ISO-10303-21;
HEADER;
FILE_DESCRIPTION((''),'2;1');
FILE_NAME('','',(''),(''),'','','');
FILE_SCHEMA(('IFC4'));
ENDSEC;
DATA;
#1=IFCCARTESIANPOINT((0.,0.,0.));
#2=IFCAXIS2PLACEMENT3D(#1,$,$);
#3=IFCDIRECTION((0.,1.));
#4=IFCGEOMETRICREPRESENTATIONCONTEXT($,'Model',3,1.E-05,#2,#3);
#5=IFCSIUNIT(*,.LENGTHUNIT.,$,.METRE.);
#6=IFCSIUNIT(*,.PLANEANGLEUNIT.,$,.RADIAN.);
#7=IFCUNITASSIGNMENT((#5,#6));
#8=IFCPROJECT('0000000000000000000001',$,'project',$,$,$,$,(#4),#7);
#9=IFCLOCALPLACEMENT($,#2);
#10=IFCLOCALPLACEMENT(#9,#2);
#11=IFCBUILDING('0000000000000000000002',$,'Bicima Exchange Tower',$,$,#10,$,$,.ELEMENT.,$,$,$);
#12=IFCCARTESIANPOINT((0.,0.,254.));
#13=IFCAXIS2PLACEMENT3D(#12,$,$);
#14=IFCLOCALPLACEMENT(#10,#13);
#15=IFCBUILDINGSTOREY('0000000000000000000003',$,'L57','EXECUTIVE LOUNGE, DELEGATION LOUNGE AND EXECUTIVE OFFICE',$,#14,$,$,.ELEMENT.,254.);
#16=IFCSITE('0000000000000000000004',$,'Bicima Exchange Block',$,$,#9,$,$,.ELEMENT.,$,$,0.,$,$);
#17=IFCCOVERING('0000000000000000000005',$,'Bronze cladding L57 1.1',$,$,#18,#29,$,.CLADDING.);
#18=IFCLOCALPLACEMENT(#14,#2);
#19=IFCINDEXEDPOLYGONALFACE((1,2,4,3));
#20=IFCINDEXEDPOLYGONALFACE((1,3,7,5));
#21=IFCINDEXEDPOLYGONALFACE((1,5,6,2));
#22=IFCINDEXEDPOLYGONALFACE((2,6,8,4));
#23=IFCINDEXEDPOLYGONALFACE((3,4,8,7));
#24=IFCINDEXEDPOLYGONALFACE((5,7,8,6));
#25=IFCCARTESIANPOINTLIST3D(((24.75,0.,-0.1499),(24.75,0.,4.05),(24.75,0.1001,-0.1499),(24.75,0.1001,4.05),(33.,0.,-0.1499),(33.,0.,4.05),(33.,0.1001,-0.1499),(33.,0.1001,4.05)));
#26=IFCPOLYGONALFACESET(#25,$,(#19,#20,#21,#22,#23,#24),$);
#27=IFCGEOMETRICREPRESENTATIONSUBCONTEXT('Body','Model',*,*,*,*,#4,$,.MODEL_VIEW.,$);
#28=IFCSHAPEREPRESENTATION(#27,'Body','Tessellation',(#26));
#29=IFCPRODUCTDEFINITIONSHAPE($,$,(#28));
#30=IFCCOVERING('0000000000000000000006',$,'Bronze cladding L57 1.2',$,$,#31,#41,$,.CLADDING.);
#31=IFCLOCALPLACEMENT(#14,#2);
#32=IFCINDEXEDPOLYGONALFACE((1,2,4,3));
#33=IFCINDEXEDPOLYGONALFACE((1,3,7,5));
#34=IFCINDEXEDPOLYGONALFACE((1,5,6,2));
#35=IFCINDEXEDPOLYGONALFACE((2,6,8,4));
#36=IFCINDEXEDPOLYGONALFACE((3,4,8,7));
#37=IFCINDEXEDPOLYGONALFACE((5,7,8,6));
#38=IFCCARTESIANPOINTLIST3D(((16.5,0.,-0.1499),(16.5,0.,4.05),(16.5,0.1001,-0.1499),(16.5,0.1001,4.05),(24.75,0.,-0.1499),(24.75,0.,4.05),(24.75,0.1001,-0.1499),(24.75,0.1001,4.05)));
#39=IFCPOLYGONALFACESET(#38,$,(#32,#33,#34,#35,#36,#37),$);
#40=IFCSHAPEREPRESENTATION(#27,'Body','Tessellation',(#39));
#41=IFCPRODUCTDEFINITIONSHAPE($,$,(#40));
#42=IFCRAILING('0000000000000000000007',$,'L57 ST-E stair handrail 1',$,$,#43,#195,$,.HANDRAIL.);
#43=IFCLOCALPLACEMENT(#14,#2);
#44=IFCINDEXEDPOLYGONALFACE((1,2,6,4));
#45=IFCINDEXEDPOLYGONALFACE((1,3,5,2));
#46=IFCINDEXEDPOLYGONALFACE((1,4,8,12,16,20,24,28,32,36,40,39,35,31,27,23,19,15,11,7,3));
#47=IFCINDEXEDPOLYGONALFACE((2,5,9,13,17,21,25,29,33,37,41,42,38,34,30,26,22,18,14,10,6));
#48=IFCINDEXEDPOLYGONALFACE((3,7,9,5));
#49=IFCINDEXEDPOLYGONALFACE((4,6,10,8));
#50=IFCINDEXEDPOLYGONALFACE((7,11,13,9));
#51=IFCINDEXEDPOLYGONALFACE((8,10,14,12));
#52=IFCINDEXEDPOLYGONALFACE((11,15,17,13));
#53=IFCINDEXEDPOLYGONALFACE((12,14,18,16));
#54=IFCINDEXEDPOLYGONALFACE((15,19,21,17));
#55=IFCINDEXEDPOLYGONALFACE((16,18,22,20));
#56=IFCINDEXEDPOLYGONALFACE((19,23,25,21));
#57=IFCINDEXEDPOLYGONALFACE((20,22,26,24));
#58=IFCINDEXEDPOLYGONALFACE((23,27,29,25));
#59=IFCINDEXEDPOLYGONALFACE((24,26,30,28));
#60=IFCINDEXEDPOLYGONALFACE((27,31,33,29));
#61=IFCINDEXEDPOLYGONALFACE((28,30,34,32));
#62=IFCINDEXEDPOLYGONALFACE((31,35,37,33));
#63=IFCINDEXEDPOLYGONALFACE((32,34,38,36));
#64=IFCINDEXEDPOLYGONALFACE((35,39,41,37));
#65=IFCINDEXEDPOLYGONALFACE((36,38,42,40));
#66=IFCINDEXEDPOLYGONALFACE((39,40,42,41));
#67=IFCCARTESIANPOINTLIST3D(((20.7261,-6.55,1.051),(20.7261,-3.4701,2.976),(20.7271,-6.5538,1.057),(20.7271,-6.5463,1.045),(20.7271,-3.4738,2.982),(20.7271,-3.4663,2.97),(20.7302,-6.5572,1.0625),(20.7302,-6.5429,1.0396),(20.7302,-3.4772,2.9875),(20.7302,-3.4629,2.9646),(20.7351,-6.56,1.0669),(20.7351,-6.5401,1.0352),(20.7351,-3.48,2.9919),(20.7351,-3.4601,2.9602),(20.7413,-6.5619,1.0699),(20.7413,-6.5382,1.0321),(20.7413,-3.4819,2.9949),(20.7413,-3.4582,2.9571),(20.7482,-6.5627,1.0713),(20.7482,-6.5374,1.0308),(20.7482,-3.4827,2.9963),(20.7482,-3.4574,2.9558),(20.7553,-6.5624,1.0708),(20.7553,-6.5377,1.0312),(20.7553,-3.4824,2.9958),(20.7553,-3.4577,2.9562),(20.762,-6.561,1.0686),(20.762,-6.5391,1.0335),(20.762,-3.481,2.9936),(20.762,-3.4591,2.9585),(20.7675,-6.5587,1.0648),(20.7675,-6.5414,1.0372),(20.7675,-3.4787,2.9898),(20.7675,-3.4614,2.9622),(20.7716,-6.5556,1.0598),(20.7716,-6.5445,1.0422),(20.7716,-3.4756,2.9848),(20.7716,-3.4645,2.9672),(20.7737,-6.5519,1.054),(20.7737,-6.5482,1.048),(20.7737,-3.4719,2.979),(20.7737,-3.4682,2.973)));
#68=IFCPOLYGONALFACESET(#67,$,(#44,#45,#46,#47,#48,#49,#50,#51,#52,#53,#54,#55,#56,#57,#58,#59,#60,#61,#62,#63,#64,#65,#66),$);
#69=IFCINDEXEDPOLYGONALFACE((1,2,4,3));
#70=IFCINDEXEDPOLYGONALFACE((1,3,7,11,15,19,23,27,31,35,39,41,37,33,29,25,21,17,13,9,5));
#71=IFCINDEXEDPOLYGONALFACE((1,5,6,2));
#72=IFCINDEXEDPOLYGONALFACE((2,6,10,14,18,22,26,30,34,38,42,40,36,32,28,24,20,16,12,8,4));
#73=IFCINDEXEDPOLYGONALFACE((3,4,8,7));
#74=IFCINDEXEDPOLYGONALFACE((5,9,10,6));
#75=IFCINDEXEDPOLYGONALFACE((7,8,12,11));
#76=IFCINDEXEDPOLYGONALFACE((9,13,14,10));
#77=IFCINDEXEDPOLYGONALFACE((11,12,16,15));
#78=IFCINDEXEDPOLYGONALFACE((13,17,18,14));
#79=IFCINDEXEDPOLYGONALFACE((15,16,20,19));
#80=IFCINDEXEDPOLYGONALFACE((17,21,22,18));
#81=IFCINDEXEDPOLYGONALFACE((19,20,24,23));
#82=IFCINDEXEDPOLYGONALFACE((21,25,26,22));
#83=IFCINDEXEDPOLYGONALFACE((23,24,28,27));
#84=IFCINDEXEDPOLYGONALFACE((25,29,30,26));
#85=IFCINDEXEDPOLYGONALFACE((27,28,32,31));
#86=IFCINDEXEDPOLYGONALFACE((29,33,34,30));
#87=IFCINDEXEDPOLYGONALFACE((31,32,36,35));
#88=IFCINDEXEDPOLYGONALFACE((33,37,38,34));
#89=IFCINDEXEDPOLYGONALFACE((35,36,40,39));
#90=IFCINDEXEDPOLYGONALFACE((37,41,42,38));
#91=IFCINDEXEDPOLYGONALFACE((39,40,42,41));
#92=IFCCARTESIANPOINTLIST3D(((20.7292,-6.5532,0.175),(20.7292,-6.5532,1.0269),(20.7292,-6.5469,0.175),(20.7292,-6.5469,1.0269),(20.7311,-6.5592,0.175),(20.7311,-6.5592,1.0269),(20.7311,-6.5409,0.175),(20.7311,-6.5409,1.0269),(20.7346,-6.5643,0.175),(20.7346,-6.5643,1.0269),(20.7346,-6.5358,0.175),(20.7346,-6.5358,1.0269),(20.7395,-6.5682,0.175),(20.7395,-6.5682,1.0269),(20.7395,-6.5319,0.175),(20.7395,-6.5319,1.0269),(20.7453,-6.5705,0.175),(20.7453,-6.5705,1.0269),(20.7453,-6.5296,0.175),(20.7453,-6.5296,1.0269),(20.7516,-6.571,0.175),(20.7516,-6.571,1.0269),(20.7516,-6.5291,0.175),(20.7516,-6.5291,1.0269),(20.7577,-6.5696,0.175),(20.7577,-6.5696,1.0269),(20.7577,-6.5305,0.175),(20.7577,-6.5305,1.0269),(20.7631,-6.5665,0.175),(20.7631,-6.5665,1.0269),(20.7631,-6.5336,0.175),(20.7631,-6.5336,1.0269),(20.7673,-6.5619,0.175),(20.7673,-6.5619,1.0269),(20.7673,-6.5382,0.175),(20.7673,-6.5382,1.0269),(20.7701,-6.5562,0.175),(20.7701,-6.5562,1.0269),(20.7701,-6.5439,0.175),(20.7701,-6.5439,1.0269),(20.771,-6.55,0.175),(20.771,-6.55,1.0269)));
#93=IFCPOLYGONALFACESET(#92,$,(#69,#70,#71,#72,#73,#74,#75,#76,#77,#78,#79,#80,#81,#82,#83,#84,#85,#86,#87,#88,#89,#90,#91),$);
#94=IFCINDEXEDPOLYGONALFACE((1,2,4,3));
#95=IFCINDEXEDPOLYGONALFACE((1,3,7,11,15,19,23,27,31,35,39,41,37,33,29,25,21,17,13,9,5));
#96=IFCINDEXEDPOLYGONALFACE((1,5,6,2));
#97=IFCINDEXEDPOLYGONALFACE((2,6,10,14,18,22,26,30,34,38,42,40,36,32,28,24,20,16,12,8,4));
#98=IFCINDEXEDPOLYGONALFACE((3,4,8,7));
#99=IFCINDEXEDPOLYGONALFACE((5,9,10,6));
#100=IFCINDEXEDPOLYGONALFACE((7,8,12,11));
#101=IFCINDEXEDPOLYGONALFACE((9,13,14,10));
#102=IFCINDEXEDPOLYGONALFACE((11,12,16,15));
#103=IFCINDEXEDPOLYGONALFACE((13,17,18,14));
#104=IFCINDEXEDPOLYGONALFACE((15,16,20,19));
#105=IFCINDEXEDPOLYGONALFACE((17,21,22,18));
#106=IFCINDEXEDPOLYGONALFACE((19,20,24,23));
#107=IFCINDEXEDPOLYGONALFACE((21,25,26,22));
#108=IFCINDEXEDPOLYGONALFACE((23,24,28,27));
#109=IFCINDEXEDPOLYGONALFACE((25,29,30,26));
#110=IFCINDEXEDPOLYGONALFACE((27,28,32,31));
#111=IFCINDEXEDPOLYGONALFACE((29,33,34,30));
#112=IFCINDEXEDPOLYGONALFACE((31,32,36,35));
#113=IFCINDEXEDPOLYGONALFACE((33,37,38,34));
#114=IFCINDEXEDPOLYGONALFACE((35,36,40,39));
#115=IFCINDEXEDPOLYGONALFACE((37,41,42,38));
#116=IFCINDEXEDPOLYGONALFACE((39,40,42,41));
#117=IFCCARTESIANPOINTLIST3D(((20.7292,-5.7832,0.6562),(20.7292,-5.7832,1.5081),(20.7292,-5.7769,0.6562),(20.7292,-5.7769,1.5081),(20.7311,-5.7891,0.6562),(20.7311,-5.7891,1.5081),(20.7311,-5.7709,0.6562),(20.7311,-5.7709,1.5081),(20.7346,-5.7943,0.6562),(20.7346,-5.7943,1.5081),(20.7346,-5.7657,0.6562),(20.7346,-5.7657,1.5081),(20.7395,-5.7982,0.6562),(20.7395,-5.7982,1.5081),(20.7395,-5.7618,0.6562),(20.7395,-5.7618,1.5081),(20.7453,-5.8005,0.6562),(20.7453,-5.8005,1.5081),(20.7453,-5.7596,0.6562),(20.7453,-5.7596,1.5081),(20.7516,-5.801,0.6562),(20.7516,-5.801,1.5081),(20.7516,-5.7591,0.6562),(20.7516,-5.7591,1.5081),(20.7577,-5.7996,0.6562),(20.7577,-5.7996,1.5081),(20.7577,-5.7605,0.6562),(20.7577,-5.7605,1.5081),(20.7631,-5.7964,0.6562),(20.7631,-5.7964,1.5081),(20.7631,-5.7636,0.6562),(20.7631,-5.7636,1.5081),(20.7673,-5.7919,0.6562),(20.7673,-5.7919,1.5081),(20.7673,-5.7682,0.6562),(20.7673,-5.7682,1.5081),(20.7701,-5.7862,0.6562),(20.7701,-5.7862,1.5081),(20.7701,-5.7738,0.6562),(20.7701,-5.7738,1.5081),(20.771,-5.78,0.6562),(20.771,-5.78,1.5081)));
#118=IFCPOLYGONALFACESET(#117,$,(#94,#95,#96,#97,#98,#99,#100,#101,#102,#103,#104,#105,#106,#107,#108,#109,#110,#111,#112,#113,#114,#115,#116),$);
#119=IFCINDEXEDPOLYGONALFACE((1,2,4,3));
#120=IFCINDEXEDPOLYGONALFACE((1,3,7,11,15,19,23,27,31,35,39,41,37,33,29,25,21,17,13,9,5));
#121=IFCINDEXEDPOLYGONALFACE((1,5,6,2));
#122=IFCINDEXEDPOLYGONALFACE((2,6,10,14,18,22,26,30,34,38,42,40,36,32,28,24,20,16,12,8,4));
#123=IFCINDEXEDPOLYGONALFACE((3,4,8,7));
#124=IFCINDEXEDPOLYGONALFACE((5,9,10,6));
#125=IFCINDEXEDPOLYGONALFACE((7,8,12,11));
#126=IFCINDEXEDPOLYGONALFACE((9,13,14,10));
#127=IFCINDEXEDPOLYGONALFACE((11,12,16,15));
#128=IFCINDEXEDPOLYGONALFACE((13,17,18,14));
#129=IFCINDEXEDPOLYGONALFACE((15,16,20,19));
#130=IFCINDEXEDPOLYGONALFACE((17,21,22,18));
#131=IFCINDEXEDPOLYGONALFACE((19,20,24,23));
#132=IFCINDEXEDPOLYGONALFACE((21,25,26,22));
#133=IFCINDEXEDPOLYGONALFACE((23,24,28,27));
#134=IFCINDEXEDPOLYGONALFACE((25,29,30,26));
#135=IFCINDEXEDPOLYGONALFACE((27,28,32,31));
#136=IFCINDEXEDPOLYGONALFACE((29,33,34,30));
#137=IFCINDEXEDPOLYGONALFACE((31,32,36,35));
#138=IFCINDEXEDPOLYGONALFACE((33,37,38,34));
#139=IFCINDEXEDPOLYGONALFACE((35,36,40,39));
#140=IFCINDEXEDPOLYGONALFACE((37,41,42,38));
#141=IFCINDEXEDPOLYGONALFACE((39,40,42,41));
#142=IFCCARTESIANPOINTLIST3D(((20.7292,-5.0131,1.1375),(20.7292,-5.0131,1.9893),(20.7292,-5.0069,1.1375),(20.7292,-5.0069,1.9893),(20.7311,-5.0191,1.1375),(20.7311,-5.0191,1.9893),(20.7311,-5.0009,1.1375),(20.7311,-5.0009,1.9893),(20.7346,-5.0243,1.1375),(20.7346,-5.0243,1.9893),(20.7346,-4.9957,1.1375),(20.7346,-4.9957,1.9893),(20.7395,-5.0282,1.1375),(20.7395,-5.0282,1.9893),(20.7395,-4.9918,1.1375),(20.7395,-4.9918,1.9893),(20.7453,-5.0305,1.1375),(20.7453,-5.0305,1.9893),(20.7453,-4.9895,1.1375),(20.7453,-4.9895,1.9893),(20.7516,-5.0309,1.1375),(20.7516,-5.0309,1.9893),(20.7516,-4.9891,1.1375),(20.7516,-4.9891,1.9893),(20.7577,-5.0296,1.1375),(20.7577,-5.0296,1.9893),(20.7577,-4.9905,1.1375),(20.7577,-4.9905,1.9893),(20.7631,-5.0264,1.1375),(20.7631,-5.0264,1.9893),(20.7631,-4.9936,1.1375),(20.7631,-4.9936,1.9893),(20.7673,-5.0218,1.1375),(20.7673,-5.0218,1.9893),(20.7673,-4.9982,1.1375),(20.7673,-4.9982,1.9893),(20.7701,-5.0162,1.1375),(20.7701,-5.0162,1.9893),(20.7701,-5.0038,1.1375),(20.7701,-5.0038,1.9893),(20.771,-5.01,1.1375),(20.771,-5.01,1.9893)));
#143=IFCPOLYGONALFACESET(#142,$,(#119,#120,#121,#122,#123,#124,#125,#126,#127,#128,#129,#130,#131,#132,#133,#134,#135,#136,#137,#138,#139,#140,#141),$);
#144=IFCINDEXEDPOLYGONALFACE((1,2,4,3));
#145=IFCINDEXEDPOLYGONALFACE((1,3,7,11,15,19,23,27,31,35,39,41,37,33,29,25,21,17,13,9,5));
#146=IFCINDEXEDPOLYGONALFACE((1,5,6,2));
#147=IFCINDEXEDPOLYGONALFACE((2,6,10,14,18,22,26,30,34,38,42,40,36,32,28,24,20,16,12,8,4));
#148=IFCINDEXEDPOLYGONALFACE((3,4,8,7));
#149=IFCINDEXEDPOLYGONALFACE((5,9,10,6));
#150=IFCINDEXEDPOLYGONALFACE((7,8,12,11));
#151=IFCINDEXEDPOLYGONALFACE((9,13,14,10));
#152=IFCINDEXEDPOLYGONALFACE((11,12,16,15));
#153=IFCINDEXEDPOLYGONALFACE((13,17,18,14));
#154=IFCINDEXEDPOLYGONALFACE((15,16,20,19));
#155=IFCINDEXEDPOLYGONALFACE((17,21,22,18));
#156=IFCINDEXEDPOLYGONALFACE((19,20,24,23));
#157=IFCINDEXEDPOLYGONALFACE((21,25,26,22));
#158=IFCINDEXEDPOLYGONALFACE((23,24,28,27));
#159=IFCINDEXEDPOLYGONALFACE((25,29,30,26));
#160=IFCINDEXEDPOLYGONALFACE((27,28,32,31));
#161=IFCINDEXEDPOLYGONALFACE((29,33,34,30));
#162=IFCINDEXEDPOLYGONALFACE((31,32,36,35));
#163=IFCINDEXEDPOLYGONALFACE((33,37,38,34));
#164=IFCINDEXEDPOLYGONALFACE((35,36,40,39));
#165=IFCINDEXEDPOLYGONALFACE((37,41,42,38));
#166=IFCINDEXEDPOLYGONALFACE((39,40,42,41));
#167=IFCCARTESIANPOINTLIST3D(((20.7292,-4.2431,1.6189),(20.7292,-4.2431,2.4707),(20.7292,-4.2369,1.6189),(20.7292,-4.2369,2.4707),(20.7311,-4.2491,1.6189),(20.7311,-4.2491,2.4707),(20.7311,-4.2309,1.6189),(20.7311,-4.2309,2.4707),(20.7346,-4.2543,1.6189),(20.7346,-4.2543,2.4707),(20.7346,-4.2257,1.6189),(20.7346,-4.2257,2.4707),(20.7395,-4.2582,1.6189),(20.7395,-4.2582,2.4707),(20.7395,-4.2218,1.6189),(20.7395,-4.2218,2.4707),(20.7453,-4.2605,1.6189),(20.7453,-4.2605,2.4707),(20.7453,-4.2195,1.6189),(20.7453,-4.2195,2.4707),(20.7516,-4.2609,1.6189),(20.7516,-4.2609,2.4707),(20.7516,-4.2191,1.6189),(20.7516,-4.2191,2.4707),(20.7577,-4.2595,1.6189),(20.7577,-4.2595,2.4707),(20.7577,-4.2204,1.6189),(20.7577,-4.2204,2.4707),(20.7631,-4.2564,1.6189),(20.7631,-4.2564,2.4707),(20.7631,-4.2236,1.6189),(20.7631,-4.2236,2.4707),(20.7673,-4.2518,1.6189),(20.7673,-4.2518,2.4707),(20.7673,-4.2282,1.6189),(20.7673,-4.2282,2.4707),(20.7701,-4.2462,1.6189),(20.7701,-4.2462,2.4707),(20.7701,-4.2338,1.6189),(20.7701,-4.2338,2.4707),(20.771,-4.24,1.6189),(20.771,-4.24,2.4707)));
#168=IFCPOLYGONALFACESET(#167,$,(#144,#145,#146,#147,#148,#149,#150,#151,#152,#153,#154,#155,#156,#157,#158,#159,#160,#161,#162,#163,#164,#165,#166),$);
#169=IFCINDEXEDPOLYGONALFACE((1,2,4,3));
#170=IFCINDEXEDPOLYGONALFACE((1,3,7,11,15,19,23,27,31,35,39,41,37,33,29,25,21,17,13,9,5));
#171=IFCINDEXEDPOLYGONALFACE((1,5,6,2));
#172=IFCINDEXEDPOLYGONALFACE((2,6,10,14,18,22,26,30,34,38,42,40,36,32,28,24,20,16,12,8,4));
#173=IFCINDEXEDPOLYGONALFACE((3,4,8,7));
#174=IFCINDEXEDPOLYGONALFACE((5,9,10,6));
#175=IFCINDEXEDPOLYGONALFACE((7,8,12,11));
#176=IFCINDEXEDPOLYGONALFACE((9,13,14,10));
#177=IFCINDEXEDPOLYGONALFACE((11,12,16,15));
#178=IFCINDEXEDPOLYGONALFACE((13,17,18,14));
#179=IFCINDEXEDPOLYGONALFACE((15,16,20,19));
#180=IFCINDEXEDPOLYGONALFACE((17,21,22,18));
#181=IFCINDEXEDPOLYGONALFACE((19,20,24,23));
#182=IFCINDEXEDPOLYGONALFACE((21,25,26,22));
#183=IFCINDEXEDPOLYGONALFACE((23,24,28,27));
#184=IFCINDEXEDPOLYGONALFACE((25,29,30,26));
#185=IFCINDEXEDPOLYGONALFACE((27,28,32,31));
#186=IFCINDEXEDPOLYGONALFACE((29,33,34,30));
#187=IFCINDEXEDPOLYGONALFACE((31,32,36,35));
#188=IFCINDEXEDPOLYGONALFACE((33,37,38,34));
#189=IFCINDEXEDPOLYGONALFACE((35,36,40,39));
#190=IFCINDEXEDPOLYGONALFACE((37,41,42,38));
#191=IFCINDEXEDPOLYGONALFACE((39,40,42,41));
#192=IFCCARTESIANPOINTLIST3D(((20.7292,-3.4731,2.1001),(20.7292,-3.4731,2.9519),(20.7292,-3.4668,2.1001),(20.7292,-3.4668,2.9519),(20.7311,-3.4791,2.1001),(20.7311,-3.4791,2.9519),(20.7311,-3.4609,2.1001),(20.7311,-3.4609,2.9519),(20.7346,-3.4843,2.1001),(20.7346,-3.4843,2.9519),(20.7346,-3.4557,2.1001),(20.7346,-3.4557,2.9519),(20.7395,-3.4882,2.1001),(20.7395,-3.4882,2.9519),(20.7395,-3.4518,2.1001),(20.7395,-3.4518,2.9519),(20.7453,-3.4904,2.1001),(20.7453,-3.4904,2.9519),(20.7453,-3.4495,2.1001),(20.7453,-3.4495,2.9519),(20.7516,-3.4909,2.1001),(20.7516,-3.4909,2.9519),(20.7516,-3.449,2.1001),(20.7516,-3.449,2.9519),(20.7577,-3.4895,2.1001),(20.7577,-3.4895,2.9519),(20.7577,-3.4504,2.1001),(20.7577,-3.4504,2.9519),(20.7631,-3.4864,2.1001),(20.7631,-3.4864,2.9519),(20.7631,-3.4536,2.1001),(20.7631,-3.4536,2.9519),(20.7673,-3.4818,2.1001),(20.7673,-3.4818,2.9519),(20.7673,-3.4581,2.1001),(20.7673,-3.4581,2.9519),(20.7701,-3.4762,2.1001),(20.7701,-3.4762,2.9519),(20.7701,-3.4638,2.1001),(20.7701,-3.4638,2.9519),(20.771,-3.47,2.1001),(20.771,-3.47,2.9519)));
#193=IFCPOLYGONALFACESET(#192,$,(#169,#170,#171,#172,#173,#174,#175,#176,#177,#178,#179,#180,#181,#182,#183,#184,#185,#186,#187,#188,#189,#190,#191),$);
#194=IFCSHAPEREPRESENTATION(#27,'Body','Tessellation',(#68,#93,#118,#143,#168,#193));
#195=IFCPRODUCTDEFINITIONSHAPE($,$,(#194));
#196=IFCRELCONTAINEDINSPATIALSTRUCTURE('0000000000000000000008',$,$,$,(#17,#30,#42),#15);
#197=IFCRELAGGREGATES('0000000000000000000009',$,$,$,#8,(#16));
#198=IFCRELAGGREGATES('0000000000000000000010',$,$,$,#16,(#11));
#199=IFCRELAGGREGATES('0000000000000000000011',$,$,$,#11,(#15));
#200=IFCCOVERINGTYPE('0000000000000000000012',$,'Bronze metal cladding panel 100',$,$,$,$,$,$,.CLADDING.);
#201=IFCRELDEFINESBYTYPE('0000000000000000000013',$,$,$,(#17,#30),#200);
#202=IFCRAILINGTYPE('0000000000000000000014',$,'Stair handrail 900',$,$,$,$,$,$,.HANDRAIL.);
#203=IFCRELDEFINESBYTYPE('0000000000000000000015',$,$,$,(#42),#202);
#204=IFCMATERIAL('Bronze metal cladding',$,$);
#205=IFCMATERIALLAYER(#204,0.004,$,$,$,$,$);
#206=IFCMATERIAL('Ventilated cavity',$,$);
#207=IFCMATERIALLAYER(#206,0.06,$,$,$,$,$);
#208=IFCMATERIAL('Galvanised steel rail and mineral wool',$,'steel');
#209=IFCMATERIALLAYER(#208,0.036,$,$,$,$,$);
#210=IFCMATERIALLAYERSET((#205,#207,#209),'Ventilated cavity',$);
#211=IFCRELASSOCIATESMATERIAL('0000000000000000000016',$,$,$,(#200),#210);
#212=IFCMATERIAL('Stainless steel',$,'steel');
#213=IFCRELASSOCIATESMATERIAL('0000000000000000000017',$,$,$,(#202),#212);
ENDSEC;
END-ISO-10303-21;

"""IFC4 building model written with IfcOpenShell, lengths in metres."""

from ifc_helpers import new_model, si_unit, direction, frame, origin, origin_2d, place, context, subcontext, project, spatial, rectangle, circle, extrude, material, layer, layer_set, type_object, element, save


model = new_model("IFC4")

# Units and contexts
model_context = context("Model", 3, precision=1e-05, world=origin(), true_north=direction((0.0, 1.0)))
body_context = subcontext(model_context, "Body", "Model", "MODEL_VIEW")
ifc_project = project(units=[si_unit("LENGTHUNIT", "METRE"), si_unit("PLANEANGLEUNIT", "RADIAN")], contexts=[model_context])

# Site, building, storey
site_placement = place(None, origin())
site = spatial("IfcSite", under=ifc_project, at=site_placement, Name="Bicima Exchange Block", CompositionType="ELEMENT", RefElevation=0.0)
building_placement = place(site_placement, origin())
building = spatial("IfcBuilding", under=site, at=building_placement, Name="Bicima Exchange Tower", CompositionType="ELEMENT")
storey_placement = place(building_placement, frame((0.0, 0.0, 254.0)))
storey = spatial("IfcBuildingStorey", under=building, at=storey_placement, Name="L57", Description="EXECUTIVE LOUNGE, DELEGATION LOUNGE AND EXECUTIVE OFFICE", CompositionType="ELEMENT", Elevation=254.0)

# Coverings
ifc_material_1 = material(Name="Bronze metal cladding")
ifc_layer_1 = layer(ifc_material_1, 0.004)
ifc_material_2 = material(Name="Ventilated cavity")
ifc_layer_2 = layer(ifc_material_2, 0.06)
ifc_material_3 = material(Name="Galvanised steel rail and mineral wool", Category="steel")
ifc_layer_3 = layer(ifc_material_3, 0.036)
ifc_layer_set_1 = layer_set([ifc_layer_1, ifc_layer_2, ifc_layer_3], Name="Ventilated cavity")
covering_type = type_object("IfcCoveringType", Name="Bronze metal cladding panel 100", PredefinedType="CLADDING", material=ifc_layer_set_1)
for number, where, z_axis, x_axis, name in (
    (1, (28.875, 0.05, -0.1499), (0.0, 0.0, 1.0), (-1.0, 0.0, 0.0), "Bronze cladding L57 1.1"),
    (2, (20.625, 0.05, -0.1499), (0.0, 0.0, 1.0), (-1.0, 0.0, 0.0), "Bronze cladding L57 1.2"),
):
    element("IfcCovering", number, at=place(storey_placement, frame(where, z_axis=z_axis, x_axis=x_axis)), inside=storey, type_object=covering_type, Name=name, PredefinedType="CLADDING", context=body_context, shape_type="SweptSolid", body=[
        extrude(rectangle(XDim=8.25, YDim=0.1001, at=origin_2d()), origin(), (0.0, 0.0, 1.0), 4.2),
    ])

# Railing
ifc_material_4 = material(Name="Stainless steel", Category="steel")
railing_type_1 = type_object("IfcRailingType", Name="Stair handrail 900", PredefinedType="HANDRAIL", material=ifc_material_4)
railing_1_placement = place(storey_placement, frame((20.75, -6.55, 0.175)))
element("IfcRailing", 3, at=railing_1_placement, inside=storey, type_object=railing_type_1, Name="L57 ST-E stair handrail 1", PredefinedType="HANDRAIL", context=body_context, shape_type="SweptSolid", body=[
    extrude(circle(Radius=0.0239, at=origin_2d()), frame((0.0, 0.0, 0.876), z_axis=(0.0, 0.847998, 0.529999), x_axis=(-1.0, 0.0, 0.0)), (0.0, 0.0, 1.0), 3.6321),
    extrude(circle(Radius=0.021, at=origin_2d()), origin(), (0.0, 0.0, 1.0), 0.8518),
    extrude(circle(Radius=0.021, at=origin_2d()), frame((0.0, 0.77, 0.4812)), (0.0, 0.0, 1.0), 0.8518),
    extrude(circle(Radius=0.021, at=origin_2d()), frame((0.0, 1.54, 0.9624)), (0.0, 0.0, 1.0), 0.8518),
    extrude(circle(Radius=0.021, at=origin_2d()), frame((0.0, 2.3101, 1.4438)), (0.0, 0.0, 1.0), 0.8518),
    extrude(circle(Radius=0.021, at=origin_2d()), frame((0.0, 3.0801, 1.925)), (0.0, 0.0, 1.0), 0.8518),
])

save(model, "model.ifc")
